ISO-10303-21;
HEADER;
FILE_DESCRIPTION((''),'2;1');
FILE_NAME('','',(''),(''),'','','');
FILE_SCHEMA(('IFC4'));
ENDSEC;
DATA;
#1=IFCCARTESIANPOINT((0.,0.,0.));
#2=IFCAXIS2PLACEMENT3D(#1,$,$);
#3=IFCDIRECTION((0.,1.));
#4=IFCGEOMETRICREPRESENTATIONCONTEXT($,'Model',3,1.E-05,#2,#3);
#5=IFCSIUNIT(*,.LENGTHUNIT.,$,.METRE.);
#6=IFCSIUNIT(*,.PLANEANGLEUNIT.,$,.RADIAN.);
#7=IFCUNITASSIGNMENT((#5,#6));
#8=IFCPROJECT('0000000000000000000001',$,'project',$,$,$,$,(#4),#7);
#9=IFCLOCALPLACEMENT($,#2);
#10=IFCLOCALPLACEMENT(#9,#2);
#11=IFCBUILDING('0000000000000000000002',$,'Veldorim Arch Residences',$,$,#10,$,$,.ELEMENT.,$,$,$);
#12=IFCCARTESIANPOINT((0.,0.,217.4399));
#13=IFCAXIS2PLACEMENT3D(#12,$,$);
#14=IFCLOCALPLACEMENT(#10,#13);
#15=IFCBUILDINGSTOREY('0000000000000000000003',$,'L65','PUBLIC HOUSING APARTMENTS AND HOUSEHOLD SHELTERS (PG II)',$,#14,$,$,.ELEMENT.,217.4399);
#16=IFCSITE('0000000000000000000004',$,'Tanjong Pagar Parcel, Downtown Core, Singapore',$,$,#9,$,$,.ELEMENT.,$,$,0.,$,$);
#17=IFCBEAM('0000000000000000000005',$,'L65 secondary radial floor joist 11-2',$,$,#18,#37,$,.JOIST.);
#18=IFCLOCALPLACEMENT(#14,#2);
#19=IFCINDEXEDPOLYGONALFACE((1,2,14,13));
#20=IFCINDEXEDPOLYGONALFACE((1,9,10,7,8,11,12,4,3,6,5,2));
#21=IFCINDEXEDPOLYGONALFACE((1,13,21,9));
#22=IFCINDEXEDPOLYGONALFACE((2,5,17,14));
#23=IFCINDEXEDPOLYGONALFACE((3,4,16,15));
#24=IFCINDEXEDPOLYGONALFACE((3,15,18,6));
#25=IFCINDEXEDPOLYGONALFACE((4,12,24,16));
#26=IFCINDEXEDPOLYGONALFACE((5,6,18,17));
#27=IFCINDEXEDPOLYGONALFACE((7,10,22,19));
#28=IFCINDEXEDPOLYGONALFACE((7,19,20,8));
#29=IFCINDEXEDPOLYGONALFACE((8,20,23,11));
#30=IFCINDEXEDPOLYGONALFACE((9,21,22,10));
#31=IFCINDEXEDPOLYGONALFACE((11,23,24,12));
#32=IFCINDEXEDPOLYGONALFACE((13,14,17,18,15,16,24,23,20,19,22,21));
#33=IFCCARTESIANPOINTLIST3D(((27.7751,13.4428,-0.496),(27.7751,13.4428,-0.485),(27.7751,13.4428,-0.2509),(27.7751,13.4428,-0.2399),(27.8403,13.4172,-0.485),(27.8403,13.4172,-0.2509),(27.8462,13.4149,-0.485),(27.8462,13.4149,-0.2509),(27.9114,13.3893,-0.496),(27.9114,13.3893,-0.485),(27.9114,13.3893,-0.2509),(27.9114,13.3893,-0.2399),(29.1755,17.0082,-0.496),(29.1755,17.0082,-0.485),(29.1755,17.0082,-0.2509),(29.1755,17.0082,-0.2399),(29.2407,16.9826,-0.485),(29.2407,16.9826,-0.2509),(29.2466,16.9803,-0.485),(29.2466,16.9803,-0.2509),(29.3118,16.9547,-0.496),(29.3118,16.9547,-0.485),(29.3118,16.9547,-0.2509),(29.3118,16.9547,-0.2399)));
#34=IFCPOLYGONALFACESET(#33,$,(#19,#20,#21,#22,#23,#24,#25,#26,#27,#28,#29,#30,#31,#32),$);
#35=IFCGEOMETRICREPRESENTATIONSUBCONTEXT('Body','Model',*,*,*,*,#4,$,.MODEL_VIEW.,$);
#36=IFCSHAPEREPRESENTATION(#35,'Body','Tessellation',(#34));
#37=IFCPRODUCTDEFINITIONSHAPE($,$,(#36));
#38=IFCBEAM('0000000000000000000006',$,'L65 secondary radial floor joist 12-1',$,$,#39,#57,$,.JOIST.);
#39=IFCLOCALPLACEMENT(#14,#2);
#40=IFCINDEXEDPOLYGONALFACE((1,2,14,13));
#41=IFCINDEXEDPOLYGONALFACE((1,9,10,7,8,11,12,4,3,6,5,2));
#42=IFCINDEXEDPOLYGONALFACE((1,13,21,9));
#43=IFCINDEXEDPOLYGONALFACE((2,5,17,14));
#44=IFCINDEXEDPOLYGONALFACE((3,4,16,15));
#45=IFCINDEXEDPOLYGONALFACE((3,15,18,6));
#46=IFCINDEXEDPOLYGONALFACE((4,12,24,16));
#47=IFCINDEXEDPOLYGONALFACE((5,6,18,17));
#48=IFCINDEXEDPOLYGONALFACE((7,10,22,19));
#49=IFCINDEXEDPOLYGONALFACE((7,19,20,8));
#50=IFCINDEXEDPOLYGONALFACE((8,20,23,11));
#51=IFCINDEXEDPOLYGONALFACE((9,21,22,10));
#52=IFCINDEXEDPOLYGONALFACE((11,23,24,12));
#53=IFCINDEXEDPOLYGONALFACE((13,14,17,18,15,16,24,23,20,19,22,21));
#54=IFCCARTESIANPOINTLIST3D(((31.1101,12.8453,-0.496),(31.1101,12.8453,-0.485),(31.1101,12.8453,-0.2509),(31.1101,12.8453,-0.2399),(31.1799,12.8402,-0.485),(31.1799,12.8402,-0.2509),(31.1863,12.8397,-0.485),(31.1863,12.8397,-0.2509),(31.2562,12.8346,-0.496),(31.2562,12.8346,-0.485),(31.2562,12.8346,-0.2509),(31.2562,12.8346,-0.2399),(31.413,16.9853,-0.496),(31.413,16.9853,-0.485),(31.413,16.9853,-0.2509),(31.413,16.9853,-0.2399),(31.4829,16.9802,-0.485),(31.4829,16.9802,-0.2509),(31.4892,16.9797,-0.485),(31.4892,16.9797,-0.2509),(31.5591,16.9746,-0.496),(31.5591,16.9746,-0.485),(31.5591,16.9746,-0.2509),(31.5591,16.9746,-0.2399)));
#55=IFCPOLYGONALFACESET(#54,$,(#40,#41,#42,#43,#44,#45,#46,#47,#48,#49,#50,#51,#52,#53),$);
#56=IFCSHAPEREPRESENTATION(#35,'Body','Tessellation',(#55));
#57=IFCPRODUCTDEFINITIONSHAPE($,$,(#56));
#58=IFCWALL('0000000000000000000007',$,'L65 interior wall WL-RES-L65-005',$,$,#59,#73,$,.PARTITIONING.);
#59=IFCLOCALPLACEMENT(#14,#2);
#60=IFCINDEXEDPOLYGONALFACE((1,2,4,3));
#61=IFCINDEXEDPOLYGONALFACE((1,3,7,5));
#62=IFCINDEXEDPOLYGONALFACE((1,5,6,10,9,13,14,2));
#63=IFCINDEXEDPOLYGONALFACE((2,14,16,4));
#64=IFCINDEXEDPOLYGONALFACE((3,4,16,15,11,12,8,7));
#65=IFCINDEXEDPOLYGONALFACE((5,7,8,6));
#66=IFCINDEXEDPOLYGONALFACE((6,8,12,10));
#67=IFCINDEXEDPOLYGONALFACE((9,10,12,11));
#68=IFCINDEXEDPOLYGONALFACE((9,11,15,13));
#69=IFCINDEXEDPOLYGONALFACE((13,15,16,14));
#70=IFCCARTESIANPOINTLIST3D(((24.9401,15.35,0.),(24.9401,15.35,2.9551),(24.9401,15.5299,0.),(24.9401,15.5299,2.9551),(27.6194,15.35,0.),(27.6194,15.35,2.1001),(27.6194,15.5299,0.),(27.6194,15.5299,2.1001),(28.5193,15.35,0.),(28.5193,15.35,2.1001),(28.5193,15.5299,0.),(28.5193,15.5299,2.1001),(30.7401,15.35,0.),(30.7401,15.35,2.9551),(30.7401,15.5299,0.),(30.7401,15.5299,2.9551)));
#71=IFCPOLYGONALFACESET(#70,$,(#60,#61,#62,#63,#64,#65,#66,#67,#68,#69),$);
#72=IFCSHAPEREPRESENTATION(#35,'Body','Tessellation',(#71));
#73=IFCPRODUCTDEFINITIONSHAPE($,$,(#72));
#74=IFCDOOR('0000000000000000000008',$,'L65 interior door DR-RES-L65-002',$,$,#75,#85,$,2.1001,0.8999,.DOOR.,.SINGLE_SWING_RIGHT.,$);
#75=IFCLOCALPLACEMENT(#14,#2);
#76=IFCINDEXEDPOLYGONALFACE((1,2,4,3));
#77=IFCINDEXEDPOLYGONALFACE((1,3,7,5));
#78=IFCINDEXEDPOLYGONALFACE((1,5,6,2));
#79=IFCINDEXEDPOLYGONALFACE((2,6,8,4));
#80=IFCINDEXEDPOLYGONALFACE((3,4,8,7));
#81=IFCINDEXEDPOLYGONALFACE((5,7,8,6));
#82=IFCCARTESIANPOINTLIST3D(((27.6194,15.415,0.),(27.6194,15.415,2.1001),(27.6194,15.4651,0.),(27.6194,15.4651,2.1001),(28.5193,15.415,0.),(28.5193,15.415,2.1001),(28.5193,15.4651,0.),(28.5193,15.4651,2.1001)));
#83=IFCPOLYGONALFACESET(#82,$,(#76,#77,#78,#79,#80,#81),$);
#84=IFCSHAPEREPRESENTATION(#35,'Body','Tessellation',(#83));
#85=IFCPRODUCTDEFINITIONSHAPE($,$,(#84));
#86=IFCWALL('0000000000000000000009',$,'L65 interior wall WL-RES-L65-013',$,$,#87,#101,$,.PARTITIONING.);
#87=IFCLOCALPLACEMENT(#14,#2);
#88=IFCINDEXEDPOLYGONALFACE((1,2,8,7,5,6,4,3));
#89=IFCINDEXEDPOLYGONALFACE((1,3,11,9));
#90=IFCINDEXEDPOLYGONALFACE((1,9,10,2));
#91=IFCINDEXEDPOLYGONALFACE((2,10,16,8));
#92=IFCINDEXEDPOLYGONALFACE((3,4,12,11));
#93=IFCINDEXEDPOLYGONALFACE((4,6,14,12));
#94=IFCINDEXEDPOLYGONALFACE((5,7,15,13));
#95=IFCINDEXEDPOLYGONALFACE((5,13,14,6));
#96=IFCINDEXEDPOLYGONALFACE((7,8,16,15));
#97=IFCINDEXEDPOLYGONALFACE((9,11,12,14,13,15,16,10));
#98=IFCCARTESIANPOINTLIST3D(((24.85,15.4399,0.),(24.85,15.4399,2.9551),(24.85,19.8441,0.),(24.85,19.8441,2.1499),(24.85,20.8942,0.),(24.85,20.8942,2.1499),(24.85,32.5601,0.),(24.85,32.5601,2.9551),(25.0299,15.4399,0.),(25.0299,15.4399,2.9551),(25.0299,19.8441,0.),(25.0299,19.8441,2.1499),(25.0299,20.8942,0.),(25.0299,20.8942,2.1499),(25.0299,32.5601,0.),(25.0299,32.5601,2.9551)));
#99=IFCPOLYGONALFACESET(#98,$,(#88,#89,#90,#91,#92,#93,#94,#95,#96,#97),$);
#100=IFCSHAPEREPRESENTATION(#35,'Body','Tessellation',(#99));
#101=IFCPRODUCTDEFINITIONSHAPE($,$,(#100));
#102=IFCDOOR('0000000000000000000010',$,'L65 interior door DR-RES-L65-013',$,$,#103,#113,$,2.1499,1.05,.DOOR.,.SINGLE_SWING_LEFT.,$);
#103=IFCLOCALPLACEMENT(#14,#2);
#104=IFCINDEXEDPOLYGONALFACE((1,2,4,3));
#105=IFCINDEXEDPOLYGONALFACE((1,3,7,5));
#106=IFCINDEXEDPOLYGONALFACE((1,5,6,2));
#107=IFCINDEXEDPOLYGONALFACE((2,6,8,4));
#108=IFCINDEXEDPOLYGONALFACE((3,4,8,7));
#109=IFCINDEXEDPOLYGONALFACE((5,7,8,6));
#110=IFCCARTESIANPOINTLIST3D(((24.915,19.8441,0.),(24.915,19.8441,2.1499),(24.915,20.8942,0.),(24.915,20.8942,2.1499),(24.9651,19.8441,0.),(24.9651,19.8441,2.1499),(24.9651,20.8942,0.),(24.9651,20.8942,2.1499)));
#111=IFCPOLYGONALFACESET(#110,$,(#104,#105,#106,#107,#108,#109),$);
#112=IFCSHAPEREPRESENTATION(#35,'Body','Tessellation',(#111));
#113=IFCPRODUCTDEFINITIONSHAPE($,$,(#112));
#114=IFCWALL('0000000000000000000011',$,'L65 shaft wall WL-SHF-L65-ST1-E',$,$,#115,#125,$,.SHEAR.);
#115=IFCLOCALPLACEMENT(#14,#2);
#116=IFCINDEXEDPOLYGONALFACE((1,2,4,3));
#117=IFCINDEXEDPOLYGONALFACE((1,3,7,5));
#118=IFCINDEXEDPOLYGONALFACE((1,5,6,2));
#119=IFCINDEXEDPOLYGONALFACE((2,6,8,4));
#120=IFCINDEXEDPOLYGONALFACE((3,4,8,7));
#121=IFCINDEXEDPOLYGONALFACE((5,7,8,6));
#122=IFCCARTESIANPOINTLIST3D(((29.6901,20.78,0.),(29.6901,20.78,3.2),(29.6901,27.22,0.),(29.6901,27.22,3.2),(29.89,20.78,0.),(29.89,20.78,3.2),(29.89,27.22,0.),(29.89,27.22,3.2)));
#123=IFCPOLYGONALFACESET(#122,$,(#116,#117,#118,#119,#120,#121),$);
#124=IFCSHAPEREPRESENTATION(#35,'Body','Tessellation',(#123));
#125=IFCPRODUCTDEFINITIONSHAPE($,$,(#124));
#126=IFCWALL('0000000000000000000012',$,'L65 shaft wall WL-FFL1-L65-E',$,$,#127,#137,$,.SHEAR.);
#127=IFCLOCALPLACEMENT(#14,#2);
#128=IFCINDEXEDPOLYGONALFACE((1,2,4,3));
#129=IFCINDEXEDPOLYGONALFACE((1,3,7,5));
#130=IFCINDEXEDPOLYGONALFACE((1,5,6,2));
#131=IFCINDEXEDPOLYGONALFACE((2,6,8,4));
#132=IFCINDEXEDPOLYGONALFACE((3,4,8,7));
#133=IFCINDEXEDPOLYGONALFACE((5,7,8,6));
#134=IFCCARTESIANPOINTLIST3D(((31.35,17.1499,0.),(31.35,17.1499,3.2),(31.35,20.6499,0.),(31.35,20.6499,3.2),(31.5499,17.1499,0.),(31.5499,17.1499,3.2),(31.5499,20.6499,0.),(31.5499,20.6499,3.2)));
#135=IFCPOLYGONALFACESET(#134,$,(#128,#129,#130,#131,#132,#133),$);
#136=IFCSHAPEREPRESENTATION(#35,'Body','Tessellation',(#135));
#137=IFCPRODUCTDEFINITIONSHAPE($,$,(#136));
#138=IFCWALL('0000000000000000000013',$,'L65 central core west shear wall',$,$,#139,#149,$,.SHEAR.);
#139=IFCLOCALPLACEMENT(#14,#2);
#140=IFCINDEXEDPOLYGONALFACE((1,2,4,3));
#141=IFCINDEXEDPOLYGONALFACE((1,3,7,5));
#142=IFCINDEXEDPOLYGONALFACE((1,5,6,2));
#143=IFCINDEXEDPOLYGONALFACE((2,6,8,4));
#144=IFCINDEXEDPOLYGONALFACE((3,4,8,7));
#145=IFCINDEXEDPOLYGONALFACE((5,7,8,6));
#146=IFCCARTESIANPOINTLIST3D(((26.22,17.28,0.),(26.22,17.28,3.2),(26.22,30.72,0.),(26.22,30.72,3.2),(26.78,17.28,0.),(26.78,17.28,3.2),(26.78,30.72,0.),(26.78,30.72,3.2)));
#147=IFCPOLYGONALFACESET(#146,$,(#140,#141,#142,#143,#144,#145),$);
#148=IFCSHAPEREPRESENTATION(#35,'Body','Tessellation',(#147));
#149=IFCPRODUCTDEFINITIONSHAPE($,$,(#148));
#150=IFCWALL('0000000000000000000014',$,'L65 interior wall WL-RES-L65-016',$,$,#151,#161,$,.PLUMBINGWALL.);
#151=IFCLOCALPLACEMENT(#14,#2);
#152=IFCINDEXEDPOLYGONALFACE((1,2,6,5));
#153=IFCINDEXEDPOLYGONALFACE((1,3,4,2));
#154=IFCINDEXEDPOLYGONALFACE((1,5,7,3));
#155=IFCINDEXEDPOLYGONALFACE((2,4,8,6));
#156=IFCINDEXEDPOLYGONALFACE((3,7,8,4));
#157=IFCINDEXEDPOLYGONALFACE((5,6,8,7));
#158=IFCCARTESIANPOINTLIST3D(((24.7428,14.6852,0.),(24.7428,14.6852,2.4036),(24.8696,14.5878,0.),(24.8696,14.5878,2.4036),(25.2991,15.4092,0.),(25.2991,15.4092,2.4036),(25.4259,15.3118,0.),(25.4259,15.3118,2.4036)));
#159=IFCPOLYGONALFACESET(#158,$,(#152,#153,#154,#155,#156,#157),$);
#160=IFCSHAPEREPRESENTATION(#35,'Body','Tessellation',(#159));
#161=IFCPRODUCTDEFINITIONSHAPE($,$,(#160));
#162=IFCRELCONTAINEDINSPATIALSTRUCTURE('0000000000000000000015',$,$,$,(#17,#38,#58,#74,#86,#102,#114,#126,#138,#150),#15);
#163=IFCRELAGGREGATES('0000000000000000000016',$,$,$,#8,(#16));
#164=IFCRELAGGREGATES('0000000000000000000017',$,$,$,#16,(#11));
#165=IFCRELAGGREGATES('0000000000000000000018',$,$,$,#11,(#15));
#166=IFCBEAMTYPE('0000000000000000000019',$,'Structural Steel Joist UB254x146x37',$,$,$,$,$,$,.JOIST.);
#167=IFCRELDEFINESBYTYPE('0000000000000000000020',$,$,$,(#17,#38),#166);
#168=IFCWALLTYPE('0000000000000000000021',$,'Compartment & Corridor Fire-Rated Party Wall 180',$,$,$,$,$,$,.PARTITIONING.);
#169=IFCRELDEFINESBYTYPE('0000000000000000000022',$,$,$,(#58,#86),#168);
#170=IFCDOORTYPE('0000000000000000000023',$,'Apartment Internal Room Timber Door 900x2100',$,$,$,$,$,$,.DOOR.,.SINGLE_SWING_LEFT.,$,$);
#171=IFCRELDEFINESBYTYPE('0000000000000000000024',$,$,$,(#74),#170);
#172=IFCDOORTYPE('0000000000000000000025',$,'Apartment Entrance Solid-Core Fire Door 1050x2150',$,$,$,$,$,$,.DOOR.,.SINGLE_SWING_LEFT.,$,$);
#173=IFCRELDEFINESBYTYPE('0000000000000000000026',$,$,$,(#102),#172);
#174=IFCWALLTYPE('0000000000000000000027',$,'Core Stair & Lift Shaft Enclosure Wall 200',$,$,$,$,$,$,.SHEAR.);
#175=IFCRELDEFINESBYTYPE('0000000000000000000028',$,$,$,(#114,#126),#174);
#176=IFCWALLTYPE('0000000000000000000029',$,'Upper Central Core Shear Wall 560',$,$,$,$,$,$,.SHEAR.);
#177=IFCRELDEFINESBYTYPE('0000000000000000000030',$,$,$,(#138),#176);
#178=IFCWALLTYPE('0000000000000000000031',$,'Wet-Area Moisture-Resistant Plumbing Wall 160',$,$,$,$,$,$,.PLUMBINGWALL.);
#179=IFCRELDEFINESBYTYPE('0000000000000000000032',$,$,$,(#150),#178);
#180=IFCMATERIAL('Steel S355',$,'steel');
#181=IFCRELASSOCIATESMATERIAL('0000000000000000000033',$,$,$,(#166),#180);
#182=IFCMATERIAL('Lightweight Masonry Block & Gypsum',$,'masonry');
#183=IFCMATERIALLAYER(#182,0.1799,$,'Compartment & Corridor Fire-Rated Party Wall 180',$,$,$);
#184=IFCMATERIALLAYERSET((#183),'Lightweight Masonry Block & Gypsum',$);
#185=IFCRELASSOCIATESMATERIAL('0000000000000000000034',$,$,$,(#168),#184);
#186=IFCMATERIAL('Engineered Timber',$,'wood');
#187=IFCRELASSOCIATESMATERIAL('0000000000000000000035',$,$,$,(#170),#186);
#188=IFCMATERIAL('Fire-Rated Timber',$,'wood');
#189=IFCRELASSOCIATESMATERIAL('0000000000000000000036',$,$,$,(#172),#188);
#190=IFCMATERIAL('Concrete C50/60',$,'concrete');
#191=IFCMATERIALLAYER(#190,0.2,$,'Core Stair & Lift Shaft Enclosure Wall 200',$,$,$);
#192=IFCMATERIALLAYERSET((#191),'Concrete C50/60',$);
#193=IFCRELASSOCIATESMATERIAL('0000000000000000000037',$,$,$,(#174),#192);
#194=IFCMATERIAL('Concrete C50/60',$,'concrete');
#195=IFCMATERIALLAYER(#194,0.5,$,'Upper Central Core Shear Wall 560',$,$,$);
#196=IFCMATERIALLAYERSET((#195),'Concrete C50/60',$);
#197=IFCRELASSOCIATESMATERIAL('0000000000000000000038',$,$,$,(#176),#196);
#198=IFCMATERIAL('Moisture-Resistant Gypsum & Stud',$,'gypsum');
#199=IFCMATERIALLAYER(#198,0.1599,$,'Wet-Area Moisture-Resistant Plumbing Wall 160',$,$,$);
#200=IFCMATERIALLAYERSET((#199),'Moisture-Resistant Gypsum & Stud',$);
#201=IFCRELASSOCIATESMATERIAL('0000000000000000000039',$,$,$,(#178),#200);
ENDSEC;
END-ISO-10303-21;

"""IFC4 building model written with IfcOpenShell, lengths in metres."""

from ifc_helpers import new_model, si_unit, direction, frame, frame_2d, origin, origin_2d, place, context, subcontext, project, spatial, rectangle, i_section, extrude, material, layer, layer_set, material_profile, profile_set, type_object, element, fill, save


model = new_model("IFC4")

# Units and contexts
model_context = context("Model", 3, precision=1e-05, world=origin(), true_north=direction((0.0, 1.0)))
body_context = subcontext(model_context, "Body", "Model", "MODEL_VIEW")
ifc_project = project(units=[si_unit("LENGTHUNIT", "METRE"), si_unit("PLANEANGLEUNIT", "RADIAN")], contexts=[model_context])

# Site, building, storey
site_placement = place(None, origin())
site = spatial("IfcSite", under=ifc_project, at=site_placement, Name="Tanjong Pagar Parcel, Downtown Core, Singapore", CompositionType="ELEMENT", RefElevation=0.0)
building_placement = place(site_placement, origin())
building = spatial("IfcBuilding", under=site, at=building_placement, Name="Veldorim Arch Residences", CompositionType="ELEMENT")
storey_placement = place(building_placement, frame((0.0, 0.0, 217.4399)))
storey = spatial("IfcBuildingStorey", under=building, at=storey_placement, Name="L65", Description="PUBLIC HOUSING APARTMENTS AND HOUSEHOLD SHELTERS (PG II)", CompositionType="ELEMENT", Elevation=217.4399)

# Beams
ifc_material_1 = material(Name="Steel S355", Category="steel")
ifc_material_profile_1 = material_profile(ifc_material_1, i_section(OverallWidth=0.1465, OverallDepth=0.2561, WebThickness=0.0063, FlangeThickness=0.011, at=origin_2d()), Name="UB254x146x37")
ifc_profile_set_1 = profile_set([ifc_material_profile_1], Name="Steel S355")
beam_type_1 = type_object("IfcBeamType", Name="Structural Steel Joist UB254x146x37", PredefinedType="JOIST", material=ifc_profile_set_1)
beam_1_placement = place(storey_placement, frame((29.2437, 16.9814, -0.3679), z_axis=(-0.365581, -0.930779, 0.0), x_axis=(0.930779, -0.365581, 0.0)))
element("IfcBeam", 1, at=beam_1_placement, inside=storey, type_object=beam_type_1, Name="L65 secondary radial floor joist 11-2", PredefinedType="JOIST", context=body_context, shape_type="SweptSolid", body=[
    extrude(i_section(OverallWidth=0.1465, OverallDepth=0.2561, WebThickness=0.0063, FlangeThickness=0.011, at=origin_2d()), origin(), (0.0, 0.0, 1.0), 3.8306),
])
beam_2_placement = place(storey_placement, frame((31.4861, 16.98, -0.3679), z_axis=(-0.072986, -0.997333, 0.0), x_axis=(0.997333, -0.072986, 0.0)))
element("IfcBeam", 2, at=beam_2_placement, inside=storey, type_object=beam_type_1, Name="L65 secondary radial floor joist 12-1", PredefinedType="JOIST", context=body_context, shape_type="SweptSolid", body=[
    extrude(i_section(OverallWidth=0.1465, OverallDepth=0.2561, WebThickness=0.0063, FlangeThickness=0.011, at=origin_2d()), origin(), (0.0, 0.0, 1.0), 4.1511),
])

# Walls, openings, doors
ifc_material_2 = material(Name="Lightweight Masonry Block & Gypsum", Category="masonry")
ifc_layer_1 = layer(ifc_material_2, 0.1799, Name="Compartment & Corridor Fire-Rated Party Wall 180")
ifc_layer_set_1 = layer_set([ifc_layer_1], Name="Lightweight Masonry Block & Gypsum")
wall_type_1 = type_object("IfcWallType", Name="Compartment & Corridor Fire-Rated Party Wall 180", PredefinedType="PARTITIONING", material=ifc_layer_set_1)
wall_1_placement = place(storey_placement, frame((30.74, 15.4399, 0.0), z_axis=(0.0, 0.0, 1.0), x_axis=(-1.0, 0.0, 0.0)))
wall_1 = element("IfcWall", 3, at=wall_1_placement, inside=storey, type_object=wall_type_1, Name="L65 interior wall WL-RES-L65-005", PredefinedType="PARTITIONING", context=body_context, shape_type="SweptSolid", body=[
    extrude(rectangle(XDim=5.8, YDim=0.1799, at=frame_2d((2.8999, 0.0))), origin(), (0.0, 0.0, 1.0), 2.9551),
])
opening_1_placement = place(wall_1_placement, frame((2.2207, 0.0, 0.0)))
opening_1 = element("IfcOpeningElement", 4, at=opening_1_placement, cuts=wall_1, PredefinedType="OPENING", context=body_context, shape_type="SweptSolid", body=[
    extrude(rectangle(XDim=0.8999, YDim=2.1001, at=frame_2d((0.45, 1.05))), frame((0.0, 0.0999, 0.0), z_axis=(0.0, -1.0, 0.0), x_axis=(1.0, 0.0, 0.0)), (0.0, 0.0, 1.0), 0.2),
])
ifc_material_3 = material(Name="Engineered Timber", Category="wood")
door_type_1 = type_object("IfcDoorType", Name="Apartment Internal Room Timber Door 900x2100", OperationType="SINGLE_SWING_LEFT", PredefinedType="DOOR", material=ifc_material_3)
door_1_placement = place(opening_1_placement, origin())
door_1 = element("IfcDoor", 5, at=door_1_placement, inside=storey, type_object=door_type_1, Name="L65 interior door DR-RES-L65-002", OperationType="SINGLE_SWING_RIGHT", OverallHeight=2.1001, OverallWidth=0.8999, PredefinedType="DOOR", context=body_context, shape_type="SweptSolid", body=[
    extrude(rectangle(XDim=0.8999, YDim=2.1001, at=frame_2d((0.45, 1.05))), frame((0.0, 0.0249, 0.0), z_axis=(0.0, -1.0, 0.0), x_axis=(1.0, 0.0, 0.0)), (0.0, 0.0, 1.0), 0.05),
])
fill(opening_1, door_1)
wall_2_placement = place(storey_placement, frame((24.9399, 15.4399, 0.0), z_axis=(0.0, 0.0, 1.0), x_axis=(0.0, 1.0, 0.0)))
wall_2 = element("IfcWall", 6, at=wall_2_placement, inside=storey, type_object=wall_type_1, Name="L65 interior wall WL-RES-L65-013", PredefinedType="PARTITIONING", context=body_context, shape_type="SweptSolid", body=[
    extrude(rectangle(XDim=17.1201, YDim=0.1799, at=frame_2d((8.5601, 0.0))), origin(), (0.0, 0.0, 1.0), 2.9551),
])
opening_2_placement = place(wall_2_placement, frame((4.4043, 0.0, 0.0)))
opening_2 = element("IfcOpeningElement", 7, at=opening_2_placement, cuts=wall_2, PredefinedType="OPENING", context=body_context, shape_type="SweptSolid", body=[
    extrude(rectangle(XDim=1.05, YDim=2.1499, at=frame_2d((0.5249, 1.075))), frame((0.0, 0.0999, 0.0), z_axis=(0.0, -1.0, 0.0), x_axis=(1.0, 0.0, 0.0)), (0.0, 0.0, 1.0), 0.2),
])
ifc_material_4 = material(Name="Fire-Rated Timber", Category="wood")
door_type_2 = type_object("IfcDoorType", Name="Apartment Entrance Solid-Core Fire Door 1050x2150", OperationType="SINGLE_SWING_LEFT", PredefinedType="DOOR", material=ifc_material_4)
door_2_placement = place(opening_2_placement, origin())
door_2 = element("IfcDoor", 8, at=door_2_placement, inside=storey, type_object=door_type_2, Name="L65 interior door DR-RES-L65-013", OperationType="SINGLE_SWING_LEFT", OverallHeight=2.1499, OverallWidth=1.05, PredefinedType="DOOR", context=body_context, shape_type="SweptSolid", body=[
    extrude(rectangle(XDim=1.05, YDim=2.1499, at=frame_2d((0.5249, 1.075))), frame((0.0, 0.0249, 0.0), z_axis=(0.0, -1.0, 0.0), x_axis=(1.0, 0.0, 0.0)), (0.0, 0.0, 1.0), 0.05),
])
fill(opening_2, door_2)

# Wall
ifc_material_5 = material(Name="Concrete C50/60", Category="concrete")
ifc_layer_2 = layer(ifc_material_5, 0.2, Name="Core Stair & Lift Shaft Enclosure Wall 200")
ifc_layer_set_2 = layer_set([ifc_layer_2], Name="Concrete C50/60")
wall_type_2 = type_object("IfcWallType", Name="Core Stair & Lift Shaft Enclosure Wall 200", PredefinedType="SHEAR", material=ifc_layer_set_2)
wall_3_placement = place(storey_placement, frame((29.79, 20.78, 0.0), z_axis=(0.0, 0.0, 1.0), x_axis=(0.0, 1.0, 0.0)))
element("IfcWall", 9, at=wall_3_placement, inside=storey, type_object=wall_type_2, Name="L65 shaft wall WL-SHF-L65-ST1-E", PredefinedType="SHEAR", context=body_context, shape_type="SweptSolid", body=[
    extrude(rectangle(XDim=6.4399, YDim=0.2, at=frame_2d((3.22, 0.0))), origin(), (0.0, 0.0, 1.0), 3.2),
])

# Wall
wall_4_placement = place(storey_placement, frame((31.45, 17.1499, 0.0), z_axis=(0.0, 0.0, 1.0), x_axis=(0.0, 1.0, 0.0)))
element("IfcWall", 10, at=wall_4_placement, inside=storey, type_object=wall_type_2, Name="L65 shaft wall WL-FFL1-L65-E", PredefinedType="SHEAR", context=body_context, shape_type="SweptSolid", body=[
    extrude(rectangle(XDim=3.5, YDim=0.2, at=frame_2d((1.75, 0.0))), origin(), (0.0, 0.0, 1.0), 3.2),
])

# Shared definitions
ifc_material_6 = material(Name="Concrete C50/60", Category="concrete")
ifc_layer_3 = layer(ifc_material_6, 0.5, Name="Upper Central Core Shear Wall 560")
ifc_layer_set_3 = layer_set([ifc_layer_3], Name="Concrete C50/60")
wall_type_3 = type_object("IfcWallType", Name="Upper Central Core Shear Wall 560", PredefinedType="SHEAR", material=ifc_layer_set_3)

# Walls
wall_5_placement = place(storey_placement, frame((26.5, 17.28, 0.0), z_axis=(0.0, 0.0, 1.0), x_axis=(0.0, 1.0, 0.0)))
element("IfcWall", 11, at=wall_5_placement, inside=storey, type_object=wall_type_3, Name="L65 central core west shear wall", PredefinedType="SHEAR", context=body_context, shape_type="SweptSolid", body=[
    extrude(rectangle(XDim=13.4399, YDim=0.5601, at=frame_2d((6.72, 0.0))), origin(), (0.0, 0.0, 1.0), 3.2),
])
ifc_material_7 = material(Name="Moisture-Resistant Gypsum & Stud", Category="gypsum")
ifc_layer_4 = layer(ifc_material_7, 0.1599, Name="Wet-Area Moisture-Resistant Plumbing Wall 160")
ifc_layer_set_4 = layer_set([ifc_layer_4], Name="Moisture-Resistant Gypsum & Stud")
wall_type_4 = type_object("IfcWallType", Name="Wet-Area Moisture-Resistant Plumbing Wall 160", PredefinedType="PLUMBINGWALL", material=ifc_layer_set_4)
wall_6_placement = place(storey_placement, frame((24.8062, 14.6365, 0.0), z_axis=(0.0, 0.0, 1.0), x_axis=(0.609284, 0.792952, 0.0)))
element("IfcWall", 12, at=wall_6_placement, inside=storey, type_object=wall_type_4, Name="L65 interior wall WL-RES-L65-016", PredefinedType="PLUMBINGWALL", context=body_context, shape_type="SweptSolid", body=[
    extrude(rectangle(XDim=0.9131, YDim=0.1599, at=frame_2d((0.4565, 0.0))), origin(), (0.0, 0.0, 1.0), 2.4036),
])

save(model, "model.ifc")
